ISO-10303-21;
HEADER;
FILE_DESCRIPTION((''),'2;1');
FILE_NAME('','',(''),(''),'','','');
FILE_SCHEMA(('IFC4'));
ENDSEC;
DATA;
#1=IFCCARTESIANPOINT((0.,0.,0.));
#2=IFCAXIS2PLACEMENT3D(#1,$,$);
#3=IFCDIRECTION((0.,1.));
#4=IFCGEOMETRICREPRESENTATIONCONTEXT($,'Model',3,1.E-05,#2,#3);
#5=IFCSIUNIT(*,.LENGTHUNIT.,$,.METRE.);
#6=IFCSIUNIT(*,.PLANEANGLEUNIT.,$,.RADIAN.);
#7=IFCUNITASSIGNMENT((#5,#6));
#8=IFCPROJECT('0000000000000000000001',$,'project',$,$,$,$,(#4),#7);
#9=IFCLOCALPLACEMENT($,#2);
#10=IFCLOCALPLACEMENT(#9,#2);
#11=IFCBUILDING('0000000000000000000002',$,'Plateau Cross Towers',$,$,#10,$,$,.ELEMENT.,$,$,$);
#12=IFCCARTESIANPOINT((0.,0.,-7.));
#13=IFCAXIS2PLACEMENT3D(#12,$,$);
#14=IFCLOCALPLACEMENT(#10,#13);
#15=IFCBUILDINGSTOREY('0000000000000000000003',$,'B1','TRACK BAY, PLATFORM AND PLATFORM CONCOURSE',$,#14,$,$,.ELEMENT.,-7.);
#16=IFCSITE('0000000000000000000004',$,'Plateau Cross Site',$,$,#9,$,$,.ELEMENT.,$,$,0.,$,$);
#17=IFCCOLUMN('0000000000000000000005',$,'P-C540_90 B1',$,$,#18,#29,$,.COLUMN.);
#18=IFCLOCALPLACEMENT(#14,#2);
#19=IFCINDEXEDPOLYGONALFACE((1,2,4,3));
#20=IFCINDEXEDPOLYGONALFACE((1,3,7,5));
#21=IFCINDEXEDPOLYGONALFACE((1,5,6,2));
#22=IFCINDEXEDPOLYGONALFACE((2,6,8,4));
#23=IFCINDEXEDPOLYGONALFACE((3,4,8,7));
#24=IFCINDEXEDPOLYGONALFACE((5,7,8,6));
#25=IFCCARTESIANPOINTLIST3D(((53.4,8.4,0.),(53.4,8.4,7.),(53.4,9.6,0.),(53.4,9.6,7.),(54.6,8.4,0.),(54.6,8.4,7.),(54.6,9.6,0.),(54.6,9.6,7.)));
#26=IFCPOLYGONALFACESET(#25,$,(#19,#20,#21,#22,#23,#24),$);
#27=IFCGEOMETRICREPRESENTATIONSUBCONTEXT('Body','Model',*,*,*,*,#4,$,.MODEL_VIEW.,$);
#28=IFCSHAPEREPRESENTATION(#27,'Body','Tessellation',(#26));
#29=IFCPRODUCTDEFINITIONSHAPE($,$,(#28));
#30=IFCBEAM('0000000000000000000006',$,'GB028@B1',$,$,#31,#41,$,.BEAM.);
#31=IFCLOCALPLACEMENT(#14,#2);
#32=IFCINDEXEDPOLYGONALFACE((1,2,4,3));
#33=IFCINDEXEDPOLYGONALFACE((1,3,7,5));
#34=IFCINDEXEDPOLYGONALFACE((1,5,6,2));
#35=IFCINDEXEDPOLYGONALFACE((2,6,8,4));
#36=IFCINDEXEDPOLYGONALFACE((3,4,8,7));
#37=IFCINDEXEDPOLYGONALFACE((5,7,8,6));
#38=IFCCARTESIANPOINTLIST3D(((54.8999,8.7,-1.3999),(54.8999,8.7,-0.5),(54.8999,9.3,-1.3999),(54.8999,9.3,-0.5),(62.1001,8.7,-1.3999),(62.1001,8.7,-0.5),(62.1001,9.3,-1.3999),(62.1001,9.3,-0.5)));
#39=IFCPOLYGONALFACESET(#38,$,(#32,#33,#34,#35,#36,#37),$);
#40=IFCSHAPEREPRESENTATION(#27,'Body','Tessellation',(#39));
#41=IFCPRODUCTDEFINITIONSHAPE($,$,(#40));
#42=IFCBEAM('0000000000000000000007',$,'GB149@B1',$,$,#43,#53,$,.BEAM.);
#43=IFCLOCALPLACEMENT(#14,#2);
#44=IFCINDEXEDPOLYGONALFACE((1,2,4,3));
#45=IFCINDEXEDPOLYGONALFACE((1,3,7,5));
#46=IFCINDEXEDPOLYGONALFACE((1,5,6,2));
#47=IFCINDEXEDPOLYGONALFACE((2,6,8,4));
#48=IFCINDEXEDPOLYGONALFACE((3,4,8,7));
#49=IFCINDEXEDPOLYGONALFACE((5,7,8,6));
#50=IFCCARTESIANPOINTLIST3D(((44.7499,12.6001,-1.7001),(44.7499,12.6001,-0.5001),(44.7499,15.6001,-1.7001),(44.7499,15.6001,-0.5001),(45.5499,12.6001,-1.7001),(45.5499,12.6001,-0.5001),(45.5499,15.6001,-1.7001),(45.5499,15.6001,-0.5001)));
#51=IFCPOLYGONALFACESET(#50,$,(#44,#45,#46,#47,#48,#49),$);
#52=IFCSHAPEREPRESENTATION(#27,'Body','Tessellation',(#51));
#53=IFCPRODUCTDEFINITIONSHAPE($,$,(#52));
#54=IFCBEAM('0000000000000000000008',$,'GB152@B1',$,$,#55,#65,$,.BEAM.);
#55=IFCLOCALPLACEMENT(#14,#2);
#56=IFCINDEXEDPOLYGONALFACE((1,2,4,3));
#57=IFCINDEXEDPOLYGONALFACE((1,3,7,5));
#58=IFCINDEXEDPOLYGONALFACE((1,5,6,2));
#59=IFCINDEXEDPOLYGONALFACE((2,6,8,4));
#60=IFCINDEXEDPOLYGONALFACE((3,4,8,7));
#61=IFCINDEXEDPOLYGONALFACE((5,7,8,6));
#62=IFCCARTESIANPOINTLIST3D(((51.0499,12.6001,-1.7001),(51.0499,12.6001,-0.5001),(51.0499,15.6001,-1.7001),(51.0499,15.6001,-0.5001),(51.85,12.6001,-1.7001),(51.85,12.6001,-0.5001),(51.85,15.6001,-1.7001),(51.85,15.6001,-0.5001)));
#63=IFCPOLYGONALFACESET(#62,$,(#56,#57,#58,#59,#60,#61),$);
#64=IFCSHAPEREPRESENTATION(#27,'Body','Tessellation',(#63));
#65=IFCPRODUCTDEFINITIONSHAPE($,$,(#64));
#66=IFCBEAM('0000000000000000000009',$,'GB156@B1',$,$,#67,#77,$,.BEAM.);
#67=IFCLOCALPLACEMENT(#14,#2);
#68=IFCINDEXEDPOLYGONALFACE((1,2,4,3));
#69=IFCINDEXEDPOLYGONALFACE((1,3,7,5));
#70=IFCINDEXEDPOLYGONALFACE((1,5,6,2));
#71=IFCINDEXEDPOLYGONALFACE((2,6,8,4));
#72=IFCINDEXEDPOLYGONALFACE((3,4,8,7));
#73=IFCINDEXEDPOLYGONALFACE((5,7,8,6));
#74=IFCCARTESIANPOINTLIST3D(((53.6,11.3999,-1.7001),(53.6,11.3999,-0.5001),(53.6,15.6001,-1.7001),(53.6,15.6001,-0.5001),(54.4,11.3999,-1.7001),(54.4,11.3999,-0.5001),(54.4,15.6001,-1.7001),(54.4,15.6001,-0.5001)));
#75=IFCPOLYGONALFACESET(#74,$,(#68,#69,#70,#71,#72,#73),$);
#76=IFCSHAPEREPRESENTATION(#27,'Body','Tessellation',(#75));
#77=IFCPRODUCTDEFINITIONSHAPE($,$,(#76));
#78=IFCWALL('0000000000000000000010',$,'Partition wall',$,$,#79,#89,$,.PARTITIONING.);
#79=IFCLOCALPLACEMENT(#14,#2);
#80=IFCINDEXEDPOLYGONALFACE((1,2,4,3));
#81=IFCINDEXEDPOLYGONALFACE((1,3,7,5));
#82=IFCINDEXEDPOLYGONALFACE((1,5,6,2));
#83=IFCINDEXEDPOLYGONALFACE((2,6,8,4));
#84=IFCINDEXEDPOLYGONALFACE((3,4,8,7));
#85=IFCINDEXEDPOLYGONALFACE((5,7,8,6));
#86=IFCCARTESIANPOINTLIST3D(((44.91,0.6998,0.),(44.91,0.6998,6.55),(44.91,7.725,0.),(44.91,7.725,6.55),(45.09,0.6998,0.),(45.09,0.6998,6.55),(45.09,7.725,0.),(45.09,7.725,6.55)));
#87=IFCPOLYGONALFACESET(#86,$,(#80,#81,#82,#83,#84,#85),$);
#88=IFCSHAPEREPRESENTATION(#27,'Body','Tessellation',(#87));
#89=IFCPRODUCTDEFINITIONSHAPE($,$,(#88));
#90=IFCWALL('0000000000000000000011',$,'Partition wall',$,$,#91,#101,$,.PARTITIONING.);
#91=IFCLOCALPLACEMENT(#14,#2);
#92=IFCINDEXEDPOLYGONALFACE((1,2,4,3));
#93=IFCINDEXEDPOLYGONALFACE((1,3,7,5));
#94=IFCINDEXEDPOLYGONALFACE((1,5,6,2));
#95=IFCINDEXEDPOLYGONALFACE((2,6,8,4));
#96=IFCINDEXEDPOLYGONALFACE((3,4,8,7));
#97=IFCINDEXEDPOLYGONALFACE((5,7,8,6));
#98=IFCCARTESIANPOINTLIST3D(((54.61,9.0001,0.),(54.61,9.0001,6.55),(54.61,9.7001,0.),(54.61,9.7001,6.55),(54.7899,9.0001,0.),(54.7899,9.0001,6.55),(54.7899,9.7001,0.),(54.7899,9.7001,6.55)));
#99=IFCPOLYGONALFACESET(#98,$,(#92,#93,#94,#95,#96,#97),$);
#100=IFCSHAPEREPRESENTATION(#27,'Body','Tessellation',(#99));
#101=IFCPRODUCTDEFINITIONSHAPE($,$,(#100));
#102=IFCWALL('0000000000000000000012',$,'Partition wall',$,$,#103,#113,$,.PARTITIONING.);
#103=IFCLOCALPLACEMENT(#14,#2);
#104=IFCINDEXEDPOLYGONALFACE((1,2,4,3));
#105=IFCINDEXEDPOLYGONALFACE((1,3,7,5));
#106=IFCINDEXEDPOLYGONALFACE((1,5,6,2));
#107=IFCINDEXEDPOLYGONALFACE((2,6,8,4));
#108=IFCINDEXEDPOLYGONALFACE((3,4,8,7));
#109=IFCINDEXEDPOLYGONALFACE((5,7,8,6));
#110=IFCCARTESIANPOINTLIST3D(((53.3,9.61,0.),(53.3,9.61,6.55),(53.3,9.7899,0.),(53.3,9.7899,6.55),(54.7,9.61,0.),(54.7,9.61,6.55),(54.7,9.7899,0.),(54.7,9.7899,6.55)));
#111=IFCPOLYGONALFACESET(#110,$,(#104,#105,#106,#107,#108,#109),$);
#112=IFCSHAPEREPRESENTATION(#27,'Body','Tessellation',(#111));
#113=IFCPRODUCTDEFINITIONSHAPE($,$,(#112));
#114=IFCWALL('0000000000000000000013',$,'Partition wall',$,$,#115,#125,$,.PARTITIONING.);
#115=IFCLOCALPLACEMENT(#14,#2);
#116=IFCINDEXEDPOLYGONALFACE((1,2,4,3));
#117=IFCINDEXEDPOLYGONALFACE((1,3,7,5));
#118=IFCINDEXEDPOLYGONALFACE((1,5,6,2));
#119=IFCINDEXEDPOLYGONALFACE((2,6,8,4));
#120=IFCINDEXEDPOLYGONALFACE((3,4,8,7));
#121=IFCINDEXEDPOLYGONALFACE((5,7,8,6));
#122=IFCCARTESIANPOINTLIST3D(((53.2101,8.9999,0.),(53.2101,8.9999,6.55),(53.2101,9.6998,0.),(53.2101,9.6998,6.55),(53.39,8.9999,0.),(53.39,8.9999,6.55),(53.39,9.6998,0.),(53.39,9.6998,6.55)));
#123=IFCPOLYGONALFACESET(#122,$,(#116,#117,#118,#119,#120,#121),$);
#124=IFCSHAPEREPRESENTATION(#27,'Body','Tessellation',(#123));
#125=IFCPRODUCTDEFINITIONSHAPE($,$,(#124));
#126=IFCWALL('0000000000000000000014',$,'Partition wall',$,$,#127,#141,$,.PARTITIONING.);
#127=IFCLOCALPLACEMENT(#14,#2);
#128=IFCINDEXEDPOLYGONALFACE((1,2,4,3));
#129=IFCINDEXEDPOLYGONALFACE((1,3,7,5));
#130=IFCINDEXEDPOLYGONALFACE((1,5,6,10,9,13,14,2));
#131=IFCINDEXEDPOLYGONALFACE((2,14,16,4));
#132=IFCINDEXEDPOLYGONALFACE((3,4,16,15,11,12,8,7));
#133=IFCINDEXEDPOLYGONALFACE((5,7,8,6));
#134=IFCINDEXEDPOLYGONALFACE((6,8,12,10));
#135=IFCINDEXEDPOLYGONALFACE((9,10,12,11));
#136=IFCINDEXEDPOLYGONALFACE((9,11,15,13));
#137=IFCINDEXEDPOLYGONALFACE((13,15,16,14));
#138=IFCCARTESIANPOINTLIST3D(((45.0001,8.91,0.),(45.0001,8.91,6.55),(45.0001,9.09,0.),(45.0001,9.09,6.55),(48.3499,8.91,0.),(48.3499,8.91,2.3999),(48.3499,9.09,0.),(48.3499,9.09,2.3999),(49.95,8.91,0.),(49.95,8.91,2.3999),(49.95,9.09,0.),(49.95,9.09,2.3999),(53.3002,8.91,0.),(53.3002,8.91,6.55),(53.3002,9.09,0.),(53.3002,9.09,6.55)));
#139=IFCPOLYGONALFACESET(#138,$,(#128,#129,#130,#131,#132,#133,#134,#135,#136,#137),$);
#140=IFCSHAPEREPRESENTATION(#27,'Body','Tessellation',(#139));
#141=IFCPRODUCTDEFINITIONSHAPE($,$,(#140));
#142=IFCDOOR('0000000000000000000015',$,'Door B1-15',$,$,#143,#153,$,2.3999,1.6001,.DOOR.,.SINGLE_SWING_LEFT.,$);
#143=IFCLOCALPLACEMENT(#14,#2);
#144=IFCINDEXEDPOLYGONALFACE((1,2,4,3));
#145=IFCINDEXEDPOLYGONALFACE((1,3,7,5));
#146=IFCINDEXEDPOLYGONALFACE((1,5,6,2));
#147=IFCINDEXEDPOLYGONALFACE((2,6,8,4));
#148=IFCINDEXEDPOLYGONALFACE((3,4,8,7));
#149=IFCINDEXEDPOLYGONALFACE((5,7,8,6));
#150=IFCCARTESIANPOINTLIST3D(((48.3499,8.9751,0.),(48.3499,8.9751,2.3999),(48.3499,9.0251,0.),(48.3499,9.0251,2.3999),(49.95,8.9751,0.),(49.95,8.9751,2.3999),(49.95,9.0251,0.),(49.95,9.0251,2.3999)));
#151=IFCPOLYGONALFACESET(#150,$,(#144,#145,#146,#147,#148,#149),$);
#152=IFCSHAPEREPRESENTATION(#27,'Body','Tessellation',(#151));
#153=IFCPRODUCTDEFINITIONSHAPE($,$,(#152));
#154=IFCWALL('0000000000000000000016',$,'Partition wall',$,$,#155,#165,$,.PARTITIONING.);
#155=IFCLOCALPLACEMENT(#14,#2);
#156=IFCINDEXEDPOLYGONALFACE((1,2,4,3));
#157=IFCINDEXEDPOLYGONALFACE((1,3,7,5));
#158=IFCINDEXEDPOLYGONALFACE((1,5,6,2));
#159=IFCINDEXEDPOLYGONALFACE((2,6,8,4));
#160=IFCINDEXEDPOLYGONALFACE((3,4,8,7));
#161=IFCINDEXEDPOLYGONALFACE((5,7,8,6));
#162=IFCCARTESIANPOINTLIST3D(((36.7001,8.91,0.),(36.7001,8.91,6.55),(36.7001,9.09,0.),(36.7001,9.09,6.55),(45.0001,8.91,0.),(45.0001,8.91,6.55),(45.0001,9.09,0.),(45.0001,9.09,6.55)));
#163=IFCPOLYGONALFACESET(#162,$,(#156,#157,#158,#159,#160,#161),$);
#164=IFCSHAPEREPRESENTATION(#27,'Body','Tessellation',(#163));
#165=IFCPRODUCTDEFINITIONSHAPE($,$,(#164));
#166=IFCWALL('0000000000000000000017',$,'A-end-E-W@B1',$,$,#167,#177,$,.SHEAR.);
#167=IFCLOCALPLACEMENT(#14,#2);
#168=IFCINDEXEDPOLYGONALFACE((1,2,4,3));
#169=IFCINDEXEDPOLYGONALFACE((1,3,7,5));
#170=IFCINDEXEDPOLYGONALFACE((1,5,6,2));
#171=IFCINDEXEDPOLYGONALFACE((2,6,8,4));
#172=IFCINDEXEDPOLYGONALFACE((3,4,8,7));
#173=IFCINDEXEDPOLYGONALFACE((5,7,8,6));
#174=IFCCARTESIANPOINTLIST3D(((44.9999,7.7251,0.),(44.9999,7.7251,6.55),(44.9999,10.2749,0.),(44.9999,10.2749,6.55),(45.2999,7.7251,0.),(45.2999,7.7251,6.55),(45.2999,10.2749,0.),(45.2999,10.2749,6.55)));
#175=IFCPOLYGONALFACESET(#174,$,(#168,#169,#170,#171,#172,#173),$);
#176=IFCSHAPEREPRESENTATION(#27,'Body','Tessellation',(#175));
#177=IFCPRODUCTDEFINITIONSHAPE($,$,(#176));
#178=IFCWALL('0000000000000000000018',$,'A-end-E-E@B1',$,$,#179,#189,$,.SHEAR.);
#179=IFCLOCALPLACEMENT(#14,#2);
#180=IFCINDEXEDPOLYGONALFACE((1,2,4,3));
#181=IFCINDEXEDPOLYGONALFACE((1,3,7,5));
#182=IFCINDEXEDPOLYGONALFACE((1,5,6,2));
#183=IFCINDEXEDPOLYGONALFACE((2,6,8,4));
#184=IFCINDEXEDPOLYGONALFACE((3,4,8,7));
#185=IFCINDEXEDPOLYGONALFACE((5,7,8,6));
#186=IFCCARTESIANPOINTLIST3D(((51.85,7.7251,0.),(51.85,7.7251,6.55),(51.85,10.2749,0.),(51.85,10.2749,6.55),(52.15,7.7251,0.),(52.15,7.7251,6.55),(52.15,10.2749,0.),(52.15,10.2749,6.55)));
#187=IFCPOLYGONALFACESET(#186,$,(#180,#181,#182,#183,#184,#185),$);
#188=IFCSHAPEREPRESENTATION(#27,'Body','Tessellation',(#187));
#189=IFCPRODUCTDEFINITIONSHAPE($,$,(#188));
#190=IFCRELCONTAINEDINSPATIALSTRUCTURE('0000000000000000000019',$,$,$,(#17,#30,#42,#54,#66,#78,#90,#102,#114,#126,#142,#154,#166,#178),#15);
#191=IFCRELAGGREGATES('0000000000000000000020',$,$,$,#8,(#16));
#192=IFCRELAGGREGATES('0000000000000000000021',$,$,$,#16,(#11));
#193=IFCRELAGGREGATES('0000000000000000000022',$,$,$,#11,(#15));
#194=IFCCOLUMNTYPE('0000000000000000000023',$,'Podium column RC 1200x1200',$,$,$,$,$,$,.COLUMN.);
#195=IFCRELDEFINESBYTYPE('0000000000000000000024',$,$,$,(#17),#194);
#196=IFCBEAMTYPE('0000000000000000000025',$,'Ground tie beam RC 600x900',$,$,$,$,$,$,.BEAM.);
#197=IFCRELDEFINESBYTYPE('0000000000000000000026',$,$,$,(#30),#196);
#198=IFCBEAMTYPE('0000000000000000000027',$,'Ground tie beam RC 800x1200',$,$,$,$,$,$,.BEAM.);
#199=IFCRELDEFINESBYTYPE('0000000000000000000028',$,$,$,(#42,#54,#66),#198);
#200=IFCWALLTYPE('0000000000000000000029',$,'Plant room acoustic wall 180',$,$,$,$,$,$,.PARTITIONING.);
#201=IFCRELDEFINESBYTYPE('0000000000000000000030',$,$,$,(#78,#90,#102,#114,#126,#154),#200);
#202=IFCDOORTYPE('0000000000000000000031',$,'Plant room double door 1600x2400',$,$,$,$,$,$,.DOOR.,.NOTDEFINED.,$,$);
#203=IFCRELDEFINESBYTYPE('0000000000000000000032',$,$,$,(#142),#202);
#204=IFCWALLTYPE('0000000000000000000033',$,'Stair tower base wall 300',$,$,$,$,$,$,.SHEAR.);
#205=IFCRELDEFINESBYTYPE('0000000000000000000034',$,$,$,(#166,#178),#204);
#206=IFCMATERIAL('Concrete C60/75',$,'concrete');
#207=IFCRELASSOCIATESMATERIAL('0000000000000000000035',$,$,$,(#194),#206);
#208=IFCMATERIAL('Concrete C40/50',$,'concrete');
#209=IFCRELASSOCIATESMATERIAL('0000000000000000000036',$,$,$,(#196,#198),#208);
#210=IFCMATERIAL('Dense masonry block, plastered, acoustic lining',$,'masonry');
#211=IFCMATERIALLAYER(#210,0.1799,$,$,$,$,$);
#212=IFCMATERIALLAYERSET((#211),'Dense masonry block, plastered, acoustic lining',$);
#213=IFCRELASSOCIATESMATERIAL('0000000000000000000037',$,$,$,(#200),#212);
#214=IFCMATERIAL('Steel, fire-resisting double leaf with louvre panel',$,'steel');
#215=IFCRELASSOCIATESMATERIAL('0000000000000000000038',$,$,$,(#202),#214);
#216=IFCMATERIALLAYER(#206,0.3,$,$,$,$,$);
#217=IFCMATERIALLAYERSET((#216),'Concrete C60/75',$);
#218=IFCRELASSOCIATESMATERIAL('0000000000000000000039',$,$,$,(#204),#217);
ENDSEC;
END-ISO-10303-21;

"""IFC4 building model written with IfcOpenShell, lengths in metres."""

from ifc_helpers import new_model, si_unit, direction, frame, frame_2d, origin, origin_2d, place, context, subcontext, project, spatial, rectangle, extrude, material, layer, layer_set, material_profile, profile_set, type_object, element, fill, save


model = new_model("IFC4")

# Units and contexts
model_context = context("Model", 3, precision=1e-05, world=origin(), true_north=direction((0.0, 1.0)))
body_context = subcontext(model_context, "Body", "Model", "MODEL_VIEW")
ifc_project = project(units=[si_unit("LENGTHUNIT", "METRE"), si_unit("PLANEANGLEUNIT", "RADIAN")], contexts=[model_context])

# Site, building, storey
site_placement = place(None, origin())
site = spatial("IfcSite", under=ifc_project, at=site_placement, Name="Plateau Cross Site", CompositionType="ELEMENT", RefElevation=0.0)
building_placement = place(site_placement, origin())
building = spatial("IfcBuilding", under=site, at=building_placement, Name="Plateau Cross Towers", CompositionType="ELEMENT")
storey_placement = place(building_placement, frame((0.0, 0.0, -7.0)))
storey = spatial("IfcBuildingStorey", under=building, at=storey_placement, Name="B1", Description="TRACK BAY, PLATFORM AND PLATFORM CONCOURSE", CompositionType="ELEMENT", Elevation=-7.0)

# Shared definitions
ifc_material_1 = material(Name="Concrete C40/50", Category="concrete")

# Column
ifc_material_2 = material(Name="Concrete C60/75", Category="concrete")
ifc_material_profile_1 = material_profile(ifc_material_2, rectangle(XDim=1.2, YDim=1.2, at=origin_2d()), Name="RC 1200x1200")
ifc_profile_set_1 = profile_set([ifc_material_profile_1], Name="Concrete C60/75")
column_type = type_object("IfcColumnType", Name="Podium column RC 1200x1200", PredefinedType="COLUMN", material=ifc_profile_set_1)
column_placement = place(storey_placement, frame((54.0, 9.0, 0.0), z_axis=(0.0, 0.0, 1.0), x_axis=(1.0, 0.0, 0.0)))
element("IfcColumn", 1, at=column_placement, inside=storey, type_object=column_type, Name="P-C540_90 B1", PredefinedType="COLUMN", context=body_context, shape_type="SweptSolid", body=[
    extrude(rectangle(XDim=1.2, YDim=1.2, at=origin_2d()), origin(), (0.0, 0.0, 1.0), 7.0),
])

# Beams
ifc_material_profile_2 = material_profile(ifc_material_1, rectangle(XDim=0.6001, YDim=0.8999, at=origin_2d()), Name="RC 600x900")
ifc_profile_set_2 = profile_set([ifc_material_profile_2], Name="Concrete C40/50")
beam_type_1 = type_object("IfcBeamType", Name="Ground tie beam RC 600x900", PredefinedType="BEAM", material=ifc_profile_set_2)
beam_1_placement = place(storey_placement, frame((54.8999, 9.0, -0.95), z_axis=(1.0, 0.0, 0.0), x_axis=(0.0, 1.0, 0.0)))
element("IfcBeam", 2, at=beam_1_placement, inside=storey, type_object=beam_type_1, Name="GB028@B1", PredefinedType="BEAM", context=body_context, shape_type="SweptSolid", body=[
    extrude(rectangle(XDim=0.6001, YDim=0.8999, at=origin_2d()), origin(), (0.0, 0.0, 1.0), 7.2002),
])
ifc_material_profile_3 = material_profile(ifc_material_1, rectangle(XDim=0.8, YDim=1.2, at=origin_2d()), Name="RC 800x1200")
ifc_profile_set_3 = profile_set([ifc_material_profile_3], Name="Concrete C40/50")
beam_type_2 = type_object("IfcBeamType", Name="Ground tie beam RC 800x1200", PredefinedType="BEAM", material=ifc_profile_set_3)
for number, where, z_axis, x_axis, name in (
    (3, (45.1499, 12.6001, -1.1001), (0.0, 1.0, 0.0), (-1.0, 0.0, 0.0), "GB149@B1"),
    (4, (51.45, 12.6001, -1.1001), (0.0, 1.0, 0.0), (-1.0, 0.0, 0.0), "GB152@B1"),
):
    element("IfcBeam", number, at=place(storey_placement, frame(where, z_axis=z_axis, x_axis=x_axis)), inside=storey, type_object=beam_type_2, Name=name, PredefinedType="BEAM", context=body_context, shape_type="SweptSolid", body=[
        extrude(rectangle(XDim=0.8, YDim=1.2, at=origin_2d()), origin(), (0.0, 0.0, 1.0), 3.0),
    ])
beam_2_placement = place(storey_placement, frame((54.0, 11.3999, -1.1001), z_axis=(0.0, 1.0, 0.0), x_axis=(-1.0, 0.0, 0.0)))
element("IfcBeam", 5, at=beam_2_placement, inside=storey, type_object=beam_type_2, Name="GB156@B1", PredefinedType="BEAM", context=body_context, shape_type="SweptSolid", body=[
    extrude(rectangle(XDim=0.8, YDim=1.2, at=origin_2d()), origin(), (0.0, 0.0, 1.0), 4.2002),
])

# Walls
ifc_material_3 = material(Name="Dense masonry block, plastered, acoustic lining", Category="masonry")
ifc_layer_1 = layer(ifc_material_3, 0.1799)
ifc_layer_set_1 = layer_set([ifc_layer_1], Name="Dense masonry block, plastered, acoustic lining")
wall_type_1 = type_object("IfcWallType", Name="Plant room acoustic wall 180", PredefinedType="PARTITIONING", material=ifc_layer_set_1)
wall_1_placement = place(storey_placement, frame((45.0, 7.7251, 0.0), z_axis=(0.0, 0.0, 1.0), x_axis=(0.0, -1.0, 0.0)))
element("IfcWall", 6, at=wall_1_placement, inside=storey, type_object=wall_type_1, Name="Partition wall", PredefinedType="PARTITIONING", context=body_context, shape_type="SweptSolid", body=[
    extrude(rectangle(XDim=7.0251, YDim=0.1799, at=frame_2d((3.5127, 0.0))), origin(), (0.0, 0.0, 1.0), 6.55),
])
wall_2_placement = place(storey_placement, frame((54.7, 9.0, 0.0), z_axis=(0.0, 0.0, 1.0), x_axis=(0.0, 1.0, 0.0)))
element("IfcWall", 7, at=wall_2_placement, inside=storey, type_object=wall_type_1, Name="Partition wall", PredefinedType="PARTITIONING", context=body_context, shape_type="SweptSolid", body=[
    extrude(rectangle(XDim=0.7, YDim=0.1799, at=frame_2d((0.3501, 0.0))), origin(), (0.0, 0.0, 1.0), 6.55),
])
wall_3_placement = place(storey_placement, frame((54.7, 9.7, 0.0), z_axis=(0.0, 0.0, 1.0), x_axis=(-1.0, 0.0, 0.0)))
element("IfcWall", 8, at=wall_3_placement, inside=storey, type_object=wall_type_1, Name="Partition wall", PredefinedType="PARTITIONING", context=body_context, shape_type="SweptSolid", body=[
    extrude(rectangle(XDim=1.3999, YDim=0.1799, at=frame_2d((0.7, 0.0))), origin(), (0.0, 0.0, 1.0), 6.55),
])
wall_4_placement = place(storey_placement, frame((53.3, 9.7, 0.0), z_axis=(0.0, 0.0, 1.0), x_axis=(0.0, -1.0, 0.0)))
element("IfcWall", 9, at=wall_4_placement, inside=storey, type_object=wall_type_1, Name="Partition wall", PredefinedType="PARTITIONING", context=body_context, shape_type="SweptSolid", body=[
    extrude(rectangle(XDim=0.7, YDim=0.1799, at=frame_2d((0.3501, 0.0))), origin(), (0.0, 0.0, 1.0), 6.55),
])

# Wall, opening, door
wall_5_placement = place(storey_placement, frame((53.3, 9.0, 0.0), z_axis=(0.0, 0.0, 1.0), x_axis=(-1.0, 0.0, 0.0)))
wall_5 = element("IfcWall", 10, at=wall_5_placement, inside=storey, type_object=wall_type_1, Name="Partition wall", PredefinedType="PARTITIONING", context=body_context, shape_type="SweptSolid", body=[
    extrude(rectangle(XDim=8.3, YDim=0.1799, at=frame_2d((4.1499, 0.0))), origin(), (0.0, 0.0, 1.0), 6.55),
])
opening_placement = place(wall_5_placement, frame((3.3501, 0.0, 0.0)))
opening = element("IfcOpeningElement", 11, at=opening_placement, cuts=wall_5, PredefinedType="OPENING", context=body_context, shape_type="SweptSolid", body=[
    extrude(rectangle(XDim=1.6001, YDim=2.3999, at=frame_2d((0.8, 1.2))), frame((0.0, 0.0999, 0.0), z_axis=(0.0, -1.0, 0.0), x_axis=(1.0, 0.0, 0.0)), (0.0, 0.0, 1.0), 0.2),
])
ifc_material_4 = material(Name="Steel, fire-resisting double leaf with louvre panel", Category="steel")
door_type = type_object("IfcDoorType", Name="Plant room double door 1600x2400", OperationType="NOTDEFINED", PredefinedType="DOOR", material=ifc_material_4)
door_placement = place(opening_placement, origin())
door = element("IfcDoor", 12, at=door_placement, inside=storey, type_object=door_type, Name="Door B1-15", OperationType="SINGLE_SWING_LEFT", OverallHeight=2.3999, OverallWidth=1.6001, PredefinedType="DOOR", context=body_context, shape_type="SweptSolid", body=[
    extrude(rectangle(XDim=1.6001, YDim=2.3999, at=frame_2d((0.8, 1.2))), frame((0.0, 0.0249, 0.0), z_axis=(0.0, -1.0, 0.0), x_axis=(1.0, 0.0, 0.0)), (0.0, 0.0, 1.0), 0.05),
])
fill(opening, door)

# Walls
wall_6_placement = place(storey_placement, frame((45.0, 9.0, 0.0), z_axis=(0.0, 0.0, 1.0), x_axis=(-1.0, 0.0, 0.0)))
element("IfcWall", 13, at=wall_6_placement, inside=storey, type_object=wall_type_1, Name="Partition wall", PredefinedType="PARTITIONING", context=body_context, shape_type="SweptSolid", body=[
    extrude(rectangle(XDim=8.3, YDim=0.1799, at=frame_2d((4.1499, 0.0))), origin(), (0.0, 0.0, 1.0), 6.55),
])
ifc_layer_2 = layer(ifc_material_2, 0.3)
ifc_layer_set_2 = layer_set([ifc_layer_2], Name="Concrete C60/75")
wall_type_2 = type_object("IfcWallType", Name="Stair tower base wall 300", PredefinedType="SHEAR", material=ifc_layer_set_2)
for number, where, z_axis, x_axis, name in (
    (14, (45.1499, 7.7251, 0.0), (0.0, 0.0, 1.0), (0.0, 1.0, 0.0), "A-end-E-W@B1"),
    (15, (52.0, 7.7251, 0.0), (0.0, 0.0, 1.0), (0.0, 1.0, 0.0), "A-end-E-E@B1"),
):
    element("IfcWall", number, at=place(storey_placement, frame(where, z_axis=z_axis, x_axis=x_axis)), inside=storey, type_object=wall_type_2, Name=name, PredefinedType="SHEAR", context=body_context, shape_type="SweptSolid", body=[
        extrude(rectangle(XDim=2.5498, YDim=0.3, at=frame_2d((1.2749, 0.0))), origin(), (0.0, 0.0, 1.0), 6.55),
    ])

save(model, "model.ifc")
